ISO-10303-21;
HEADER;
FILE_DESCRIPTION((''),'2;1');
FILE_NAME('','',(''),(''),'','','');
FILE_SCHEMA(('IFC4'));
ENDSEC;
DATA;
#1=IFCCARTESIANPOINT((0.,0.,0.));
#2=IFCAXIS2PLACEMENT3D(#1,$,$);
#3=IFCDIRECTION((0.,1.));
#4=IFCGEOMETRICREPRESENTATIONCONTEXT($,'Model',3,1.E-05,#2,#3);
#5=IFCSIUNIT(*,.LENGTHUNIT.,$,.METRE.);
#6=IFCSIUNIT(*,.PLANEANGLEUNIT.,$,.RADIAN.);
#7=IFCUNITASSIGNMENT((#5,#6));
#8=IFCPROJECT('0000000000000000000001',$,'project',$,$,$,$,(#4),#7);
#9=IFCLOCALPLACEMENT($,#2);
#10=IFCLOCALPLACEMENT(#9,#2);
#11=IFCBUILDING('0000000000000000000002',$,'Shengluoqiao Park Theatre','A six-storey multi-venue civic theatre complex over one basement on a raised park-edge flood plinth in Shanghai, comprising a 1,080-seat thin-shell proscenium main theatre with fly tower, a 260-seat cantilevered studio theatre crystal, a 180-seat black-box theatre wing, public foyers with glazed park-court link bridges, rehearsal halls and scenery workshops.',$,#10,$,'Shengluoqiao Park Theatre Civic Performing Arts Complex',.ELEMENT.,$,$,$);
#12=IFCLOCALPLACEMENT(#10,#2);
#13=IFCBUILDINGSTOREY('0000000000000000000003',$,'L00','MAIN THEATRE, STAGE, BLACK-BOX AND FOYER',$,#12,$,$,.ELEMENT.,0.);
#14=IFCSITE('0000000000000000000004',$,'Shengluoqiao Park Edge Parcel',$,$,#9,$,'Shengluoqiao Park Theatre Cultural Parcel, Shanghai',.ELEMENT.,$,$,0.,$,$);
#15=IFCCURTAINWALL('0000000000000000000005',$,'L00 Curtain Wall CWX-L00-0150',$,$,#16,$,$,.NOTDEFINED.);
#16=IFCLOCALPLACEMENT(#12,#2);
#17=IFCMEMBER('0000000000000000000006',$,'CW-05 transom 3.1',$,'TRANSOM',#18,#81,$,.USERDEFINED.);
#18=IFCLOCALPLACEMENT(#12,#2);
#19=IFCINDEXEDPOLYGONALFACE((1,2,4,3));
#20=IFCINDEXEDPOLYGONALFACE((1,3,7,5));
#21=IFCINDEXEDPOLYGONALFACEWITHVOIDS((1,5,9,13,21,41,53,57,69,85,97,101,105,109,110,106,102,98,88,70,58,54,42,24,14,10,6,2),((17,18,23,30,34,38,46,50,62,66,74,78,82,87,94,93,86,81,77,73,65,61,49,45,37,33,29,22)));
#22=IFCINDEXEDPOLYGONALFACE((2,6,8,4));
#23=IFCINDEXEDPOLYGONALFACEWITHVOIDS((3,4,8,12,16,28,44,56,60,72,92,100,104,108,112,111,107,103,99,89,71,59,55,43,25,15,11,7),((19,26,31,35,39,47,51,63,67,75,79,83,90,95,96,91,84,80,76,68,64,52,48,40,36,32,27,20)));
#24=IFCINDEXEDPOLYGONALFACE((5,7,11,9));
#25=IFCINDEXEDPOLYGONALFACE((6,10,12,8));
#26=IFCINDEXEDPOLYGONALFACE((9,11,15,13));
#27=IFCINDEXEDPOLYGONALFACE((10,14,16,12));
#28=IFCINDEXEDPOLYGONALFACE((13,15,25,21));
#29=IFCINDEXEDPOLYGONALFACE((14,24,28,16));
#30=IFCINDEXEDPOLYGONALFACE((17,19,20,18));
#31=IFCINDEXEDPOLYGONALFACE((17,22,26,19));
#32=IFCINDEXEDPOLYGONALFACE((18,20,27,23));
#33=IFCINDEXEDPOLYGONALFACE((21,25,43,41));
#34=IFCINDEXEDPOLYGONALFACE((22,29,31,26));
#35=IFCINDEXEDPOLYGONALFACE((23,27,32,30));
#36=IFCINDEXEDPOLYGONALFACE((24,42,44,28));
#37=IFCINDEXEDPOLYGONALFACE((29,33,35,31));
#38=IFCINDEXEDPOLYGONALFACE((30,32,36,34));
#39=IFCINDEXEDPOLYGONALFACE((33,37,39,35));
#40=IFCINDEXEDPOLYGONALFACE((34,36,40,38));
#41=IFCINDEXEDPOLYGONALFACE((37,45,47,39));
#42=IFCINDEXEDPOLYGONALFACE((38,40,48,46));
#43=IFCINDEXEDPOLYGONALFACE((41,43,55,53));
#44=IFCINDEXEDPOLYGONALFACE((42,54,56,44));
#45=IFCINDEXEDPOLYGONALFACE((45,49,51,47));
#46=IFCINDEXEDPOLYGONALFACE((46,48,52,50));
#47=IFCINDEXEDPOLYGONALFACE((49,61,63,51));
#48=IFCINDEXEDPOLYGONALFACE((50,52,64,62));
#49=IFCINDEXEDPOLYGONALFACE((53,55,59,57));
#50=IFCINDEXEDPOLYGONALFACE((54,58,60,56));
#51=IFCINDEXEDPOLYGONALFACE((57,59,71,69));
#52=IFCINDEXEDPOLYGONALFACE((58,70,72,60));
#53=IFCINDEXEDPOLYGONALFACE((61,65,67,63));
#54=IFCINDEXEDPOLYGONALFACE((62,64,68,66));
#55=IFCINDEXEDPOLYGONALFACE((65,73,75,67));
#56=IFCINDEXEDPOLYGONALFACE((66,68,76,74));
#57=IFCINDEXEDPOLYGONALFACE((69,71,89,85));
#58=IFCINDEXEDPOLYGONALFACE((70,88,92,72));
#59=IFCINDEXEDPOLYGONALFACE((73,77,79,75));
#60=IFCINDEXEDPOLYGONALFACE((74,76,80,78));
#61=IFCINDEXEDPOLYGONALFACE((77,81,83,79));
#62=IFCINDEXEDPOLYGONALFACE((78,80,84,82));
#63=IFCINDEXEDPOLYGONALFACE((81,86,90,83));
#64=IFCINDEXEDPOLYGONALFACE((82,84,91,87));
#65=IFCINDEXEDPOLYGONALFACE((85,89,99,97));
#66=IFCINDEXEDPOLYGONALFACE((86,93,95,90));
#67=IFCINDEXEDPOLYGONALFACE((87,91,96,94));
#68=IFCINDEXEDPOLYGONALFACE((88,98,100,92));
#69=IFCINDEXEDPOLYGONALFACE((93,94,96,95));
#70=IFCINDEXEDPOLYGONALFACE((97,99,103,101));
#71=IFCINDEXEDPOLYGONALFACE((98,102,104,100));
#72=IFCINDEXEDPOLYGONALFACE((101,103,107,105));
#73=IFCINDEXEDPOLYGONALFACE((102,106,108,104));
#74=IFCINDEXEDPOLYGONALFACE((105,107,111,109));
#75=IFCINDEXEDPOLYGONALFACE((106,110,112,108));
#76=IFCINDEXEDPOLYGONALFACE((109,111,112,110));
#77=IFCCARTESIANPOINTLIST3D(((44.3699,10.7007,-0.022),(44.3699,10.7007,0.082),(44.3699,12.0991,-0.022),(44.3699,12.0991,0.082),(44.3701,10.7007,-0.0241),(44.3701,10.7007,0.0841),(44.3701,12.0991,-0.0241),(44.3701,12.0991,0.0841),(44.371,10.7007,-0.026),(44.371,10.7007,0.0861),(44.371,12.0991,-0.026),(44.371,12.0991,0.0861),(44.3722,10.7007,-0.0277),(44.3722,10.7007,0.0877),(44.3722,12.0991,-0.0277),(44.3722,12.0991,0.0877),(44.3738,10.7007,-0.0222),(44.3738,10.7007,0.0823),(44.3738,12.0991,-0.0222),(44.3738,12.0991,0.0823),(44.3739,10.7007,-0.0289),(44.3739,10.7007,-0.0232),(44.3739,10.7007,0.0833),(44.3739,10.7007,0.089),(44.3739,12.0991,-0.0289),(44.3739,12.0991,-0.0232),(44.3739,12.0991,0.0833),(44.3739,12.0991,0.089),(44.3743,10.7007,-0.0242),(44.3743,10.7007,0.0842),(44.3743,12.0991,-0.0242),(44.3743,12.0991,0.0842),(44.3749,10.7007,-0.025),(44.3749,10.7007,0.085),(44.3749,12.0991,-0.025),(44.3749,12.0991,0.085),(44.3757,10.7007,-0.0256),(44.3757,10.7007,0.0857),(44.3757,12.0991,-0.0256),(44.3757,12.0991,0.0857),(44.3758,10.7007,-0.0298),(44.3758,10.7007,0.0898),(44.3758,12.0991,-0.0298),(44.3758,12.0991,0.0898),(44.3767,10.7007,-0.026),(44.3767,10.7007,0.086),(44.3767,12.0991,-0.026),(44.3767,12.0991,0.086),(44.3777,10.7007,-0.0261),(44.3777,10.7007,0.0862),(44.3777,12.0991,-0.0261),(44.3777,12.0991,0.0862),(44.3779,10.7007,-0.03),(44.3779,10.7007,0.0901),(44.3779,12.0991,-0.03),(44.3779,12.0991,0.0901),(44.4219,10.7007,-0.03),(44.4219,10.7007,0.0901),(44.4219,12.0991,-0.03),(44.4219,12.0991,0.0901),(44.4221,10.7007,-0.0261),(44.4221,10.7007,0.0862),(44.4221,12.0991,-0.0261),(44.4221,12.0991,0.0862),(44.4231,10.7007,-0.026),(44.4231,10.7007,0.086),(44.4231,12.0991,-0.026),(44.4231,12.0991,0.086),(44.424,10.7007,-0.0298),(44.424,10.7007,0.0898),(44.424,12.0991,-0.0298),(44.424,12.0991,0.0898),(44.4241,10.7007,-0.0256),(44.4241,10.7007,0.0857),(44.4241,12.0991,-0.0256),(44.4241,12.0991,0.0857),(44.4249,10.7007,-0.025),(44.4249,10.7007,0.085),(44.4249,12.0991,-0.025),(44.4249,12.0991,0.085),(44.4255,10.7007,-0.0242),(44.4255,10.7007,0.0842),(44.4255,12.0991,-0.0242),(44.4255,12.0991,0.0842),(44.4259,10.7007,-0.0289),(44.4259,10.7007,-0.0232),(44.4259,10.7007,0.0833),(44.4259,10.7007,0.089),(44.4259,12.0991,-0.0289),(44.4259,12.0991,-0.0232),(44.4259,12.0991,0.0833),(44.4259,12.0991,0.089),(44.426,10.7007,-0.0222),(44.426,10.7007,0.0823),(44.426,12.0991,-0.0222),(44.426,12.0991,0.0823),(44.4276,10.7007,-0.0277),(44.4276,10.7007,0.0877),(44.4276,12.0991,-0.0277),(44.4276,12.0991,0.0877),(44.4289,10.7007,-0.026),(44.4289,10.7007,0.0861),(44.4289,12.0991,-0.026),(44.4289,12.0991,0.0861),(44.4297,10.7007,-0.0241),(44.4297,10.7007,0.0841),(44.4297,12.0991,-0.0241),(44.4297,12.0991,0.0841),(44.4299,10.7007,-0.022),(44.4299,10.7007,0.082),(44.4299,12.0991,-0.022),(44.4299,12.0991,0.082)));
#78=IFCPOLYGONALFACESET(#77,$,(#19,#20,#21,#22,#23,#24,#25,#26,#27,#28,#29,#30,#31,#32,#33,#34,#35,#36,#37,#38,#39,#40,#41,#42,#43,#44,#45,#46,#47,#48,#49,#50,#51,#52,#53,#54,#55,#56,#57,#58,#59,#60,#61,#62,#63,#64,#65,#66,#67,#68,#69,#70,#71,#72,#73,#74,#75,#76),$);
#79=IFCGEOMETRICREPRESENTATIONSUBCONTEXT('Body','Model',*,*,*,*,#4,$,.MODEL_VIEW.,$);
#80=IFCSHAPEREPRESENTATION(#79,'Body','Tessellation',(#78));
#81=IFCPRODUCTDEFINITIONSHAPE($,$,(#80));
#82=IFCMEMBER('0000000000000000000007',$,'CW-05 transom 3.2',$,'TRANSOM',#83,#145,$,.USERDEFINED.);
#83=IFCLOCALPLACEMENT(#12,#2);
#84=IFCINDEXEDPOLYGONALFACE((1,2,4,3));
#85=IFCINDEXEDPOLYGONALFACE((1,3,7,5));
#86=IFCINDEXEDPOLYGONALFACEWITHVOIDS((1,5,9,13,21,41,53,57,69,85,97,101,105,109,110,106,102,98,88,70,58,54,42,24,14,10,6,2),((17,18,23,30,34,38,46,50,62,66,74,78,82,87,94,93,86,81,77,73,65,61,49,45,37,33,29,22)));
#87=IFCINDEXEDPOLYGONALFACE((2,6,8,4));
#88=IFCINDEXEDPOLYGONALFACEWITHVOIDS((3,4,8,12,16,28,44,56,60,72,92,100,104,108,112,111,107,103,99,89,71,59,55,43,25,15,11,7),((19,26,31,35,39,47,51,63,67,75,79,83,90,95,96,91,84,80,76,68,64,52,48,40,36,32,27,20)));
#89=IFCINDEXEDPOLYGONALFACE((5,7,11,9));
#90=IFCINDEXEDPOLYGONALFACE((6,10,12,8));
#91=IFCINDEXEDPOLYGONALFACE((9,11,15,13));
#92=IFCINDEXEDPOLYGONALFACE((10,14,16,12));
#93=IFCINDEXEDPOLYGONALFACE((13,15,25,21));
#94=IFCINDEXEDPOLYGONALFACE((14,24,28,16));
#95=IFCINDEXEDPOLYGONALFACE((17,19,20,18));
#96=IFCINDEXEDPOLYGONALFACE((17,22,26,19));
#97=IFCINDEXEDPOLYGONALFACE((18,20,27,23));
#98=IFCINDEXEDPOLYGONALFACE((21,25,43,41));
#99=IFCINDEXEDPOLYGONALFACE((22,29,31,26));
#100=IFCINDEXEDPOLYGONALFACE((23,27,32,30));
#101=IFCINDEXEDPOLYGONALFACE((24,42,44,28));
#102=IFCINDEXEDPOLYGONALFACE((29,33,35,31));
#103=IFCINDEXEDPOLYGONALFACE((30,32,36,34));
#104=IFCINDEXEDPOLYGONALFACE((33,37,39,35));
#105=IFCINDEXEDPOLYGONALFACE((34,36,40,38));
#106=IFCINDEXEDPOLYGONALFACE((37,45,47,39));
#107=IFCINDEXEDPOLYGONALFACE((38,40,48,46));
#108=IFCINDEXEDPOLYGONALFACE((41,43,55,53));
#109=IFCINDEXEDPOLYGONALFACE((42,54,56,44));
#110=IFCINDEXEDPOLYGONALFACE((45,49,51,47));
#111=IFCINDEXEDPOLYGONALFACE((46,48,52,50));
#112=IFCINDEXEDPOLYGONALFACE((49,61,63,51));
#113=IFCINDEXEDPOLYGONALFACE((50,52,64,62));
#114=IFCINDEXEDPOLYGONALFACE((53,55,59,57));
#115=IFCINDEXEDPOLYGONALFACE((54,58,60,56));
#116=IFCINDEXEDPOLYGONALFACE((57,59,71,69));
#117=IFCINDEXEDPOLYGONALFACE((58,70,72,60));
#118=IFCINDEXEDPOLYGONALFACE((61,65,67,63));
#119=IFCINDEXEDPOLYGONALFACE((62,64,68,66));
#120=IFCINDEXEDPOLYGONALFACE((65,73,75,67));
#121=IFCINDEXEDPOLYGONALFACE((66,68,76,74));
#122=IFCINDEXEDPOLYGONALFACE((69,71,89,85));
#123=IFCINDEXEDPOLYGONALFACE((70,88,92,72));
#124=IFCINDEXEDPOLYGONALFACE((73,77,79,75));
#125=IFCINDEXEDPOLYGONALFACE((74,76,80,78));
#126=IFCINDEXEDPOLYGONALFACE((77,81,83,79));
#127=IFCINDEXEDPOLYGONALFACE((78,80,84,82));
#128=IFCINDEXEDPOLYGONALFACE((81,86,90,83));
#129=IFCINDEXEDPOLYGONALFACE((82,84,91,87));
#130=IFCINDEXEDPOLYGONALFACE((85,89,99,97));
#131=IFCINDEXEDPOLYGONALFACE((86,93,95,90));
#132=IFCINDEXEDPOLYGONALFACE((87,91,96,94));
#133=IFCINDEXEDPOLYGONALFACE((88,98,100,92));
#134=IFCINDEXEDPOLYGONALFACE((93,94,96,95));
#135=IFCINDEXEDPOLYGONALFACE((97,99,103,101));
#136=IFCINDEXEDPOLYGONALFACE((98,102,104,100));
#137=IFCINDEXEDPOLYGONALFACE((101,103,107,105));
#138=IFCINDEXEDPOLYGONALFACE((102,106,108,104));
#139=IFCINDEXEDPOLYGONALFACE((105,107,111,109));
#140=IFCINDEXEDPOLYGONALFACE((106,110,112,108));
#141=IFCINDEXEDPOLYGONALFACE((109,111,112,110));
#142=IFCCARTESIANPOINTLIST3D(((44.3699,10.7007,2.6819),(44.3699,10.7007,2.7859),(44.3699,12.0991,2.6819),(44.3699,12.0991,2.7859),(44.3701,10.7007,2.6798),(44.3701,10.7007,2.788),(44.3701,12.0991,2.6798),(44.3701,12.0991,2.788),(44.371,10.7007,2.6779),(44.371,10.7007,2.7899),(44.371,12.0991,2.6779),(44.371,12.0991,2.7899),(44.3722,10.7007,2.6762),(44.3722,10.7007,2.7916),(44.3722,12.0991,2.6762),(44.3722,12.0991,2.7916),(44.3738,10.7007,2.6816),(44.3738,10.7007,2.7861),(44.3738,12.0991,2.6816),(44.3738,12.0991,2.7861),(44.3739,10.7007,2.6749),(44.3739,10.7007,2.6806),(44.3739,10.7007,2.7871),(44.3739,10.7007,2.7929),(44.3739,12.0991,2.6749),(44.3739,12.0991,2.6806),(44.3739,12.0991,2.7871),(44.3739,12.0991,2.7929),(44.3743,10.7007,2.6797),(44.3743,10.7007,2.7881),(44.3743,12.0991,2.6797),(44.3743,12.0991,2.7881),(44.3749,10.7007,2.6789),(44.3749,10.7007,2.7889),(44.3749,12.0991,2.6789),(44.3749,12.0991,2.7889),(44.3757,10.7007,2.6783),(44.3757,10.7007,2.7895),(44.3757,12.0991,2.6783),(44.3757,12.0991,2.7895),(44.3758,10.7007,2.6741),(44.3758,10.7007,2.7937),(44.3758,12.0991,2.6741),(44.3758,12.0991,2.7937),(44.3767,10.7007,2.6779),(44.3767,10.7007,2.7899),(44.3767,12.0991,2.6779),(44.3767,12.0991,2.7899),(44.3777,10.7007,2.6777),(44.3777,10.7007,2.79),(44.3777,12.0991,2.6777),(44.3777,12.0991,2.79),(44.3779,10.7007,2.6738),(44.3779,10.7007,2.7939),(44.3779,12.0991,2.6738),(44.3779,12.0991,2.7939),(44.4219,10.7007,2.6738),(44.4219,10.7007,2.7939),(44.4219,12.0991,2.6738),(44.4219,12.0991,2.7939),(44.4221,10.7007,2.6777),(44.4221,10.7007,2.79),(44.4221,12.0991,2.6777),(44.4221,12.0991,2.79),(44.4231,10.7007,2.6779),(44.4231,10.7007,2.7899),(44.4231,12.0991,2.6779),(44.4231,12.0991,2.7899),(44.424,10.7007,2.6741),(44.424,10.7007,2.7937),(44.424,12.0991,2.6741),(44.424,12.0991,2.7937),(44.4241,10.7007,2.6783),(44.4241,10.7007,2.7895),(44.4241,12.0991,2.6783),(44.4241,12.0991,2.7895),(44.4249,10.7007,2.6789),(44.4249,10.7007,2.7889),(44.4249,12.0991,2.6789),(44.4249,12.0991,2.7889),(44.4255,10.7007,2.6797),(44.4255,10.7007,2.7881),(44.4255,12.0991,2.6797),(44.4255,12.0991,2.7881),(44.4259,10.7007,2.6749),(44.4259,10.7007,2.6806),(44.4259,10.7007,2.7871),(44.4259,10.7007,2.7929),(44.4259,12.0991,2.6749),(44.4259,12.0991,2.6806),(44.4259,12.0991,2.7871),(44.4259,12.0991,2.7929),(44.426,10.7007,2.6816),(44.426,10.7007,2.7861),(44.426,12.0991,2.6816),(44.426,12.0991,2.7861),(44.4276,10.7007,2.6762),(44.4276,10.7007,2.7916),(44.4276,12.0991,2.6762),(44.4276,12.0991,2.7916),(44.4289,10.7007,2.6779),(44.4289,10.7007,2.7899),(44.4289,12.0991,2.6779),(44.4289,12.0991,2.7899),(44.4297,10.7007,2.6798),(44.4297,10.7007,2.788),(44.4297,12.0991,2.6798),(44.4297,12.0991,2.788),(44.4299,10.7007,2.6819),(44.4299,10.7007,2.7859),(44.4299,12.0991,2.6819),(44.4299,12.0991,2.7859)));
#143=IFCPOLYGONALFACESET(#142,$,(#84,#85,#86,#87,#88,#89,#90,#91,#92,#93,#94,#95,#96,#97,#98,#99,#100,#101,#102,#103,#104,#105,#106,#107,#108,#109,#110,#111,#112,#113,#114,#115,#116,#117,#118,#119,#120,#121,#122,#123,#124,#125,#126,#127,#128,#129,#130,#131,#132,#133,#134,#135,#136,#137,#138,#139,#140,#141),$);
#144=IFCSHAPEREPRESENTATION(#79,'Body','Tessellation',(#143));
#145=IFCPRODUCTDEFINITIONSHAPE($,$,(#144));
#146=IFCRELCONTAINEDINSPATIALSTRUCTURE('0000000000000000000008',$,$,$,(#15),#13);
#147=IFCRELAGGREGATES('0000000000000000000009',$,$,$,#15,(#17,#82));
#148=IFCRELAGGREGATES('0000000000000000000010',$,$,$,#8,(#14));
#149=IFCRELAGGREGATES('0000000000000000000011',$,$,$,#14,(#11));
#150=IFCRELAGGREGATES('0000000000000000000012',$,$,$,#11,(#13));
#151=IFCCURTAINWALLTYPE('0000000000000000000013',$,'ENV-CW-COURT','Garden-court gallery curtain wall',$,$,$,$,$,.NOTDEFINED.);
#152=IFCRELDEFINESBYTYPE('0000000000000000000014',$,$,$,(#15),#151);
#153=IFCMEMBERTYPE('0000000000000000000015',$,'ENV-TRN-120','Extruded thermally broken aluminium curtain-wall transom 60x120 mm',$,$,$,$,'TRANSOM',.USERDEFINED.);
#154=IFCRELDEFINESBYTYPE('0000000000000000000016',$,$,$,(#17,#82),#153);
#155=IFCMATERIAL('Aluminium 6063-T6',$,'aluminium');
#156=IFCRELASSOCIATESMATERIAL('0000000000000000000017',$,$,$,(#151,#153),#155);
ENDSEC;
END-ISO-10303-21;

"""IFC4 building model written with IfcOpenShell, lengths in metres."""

from ifc_helpers import new_model, si_unit, direction, frame, origin, origin_2d, place, context, subcontext, project, spatial, hollow_rectangle, extrude, material, material_profile, profile_set, type_object, element, aggregate, save


model = new_model("IFC4")

# Units and contexts
model_context = context("Model", 3, precision=1e-05, world=origin(), true_north=direction((0.0, 1.0)))
body_context = subcontext(model_context, "Body", "Model", "MODEL_VIEW")
ifc_project = project(units=[si_unit("LENGTHUNIT", "METRE"), si_unit("PLANEANGLEUNIT", "RADIAN")], contexts=[model_context])

# Site, building, storey
site_placement = place(None, origin())
site = spatial("IfcSite", under=ifc_project, at=site_placement, Name="Shengluoqiao Park Edge Parcel", LongName="Shengluoqiao Park Theatre Cultural Parcel, Shanghai", CompositionType="ELEMENT", RefElevation=0.0)
building_placement = place(site_placement, origin())
building = spatial("IfcBuilding", under=site, at=building_placement, Name="Shengluoqiao Park Theatre", Description="A six-storey multi-venue civic theatre complex over one basement on a raised park-edge flood plinth in Shanghai, comprising a 1,080-seat thin-shell proscenium main theatre with fly tower, a 260-seat cantilevered studio theatre crystal, a 180-seat black-box theatre wing, public foyers with glazed park-court link bridges, rehearsal halls and scenery workshops.", LongName="Shengluoqiao Park Theatre Civic Performing Arts Complex", CompositionType="ELEMENT")
storey_placement = place(building_placement, origin())
storey = spatial("IfcBuildingStorey", under=building, at=storey_placement, Name="L00", Description="MAIN THEATRE, STAGE, BLACK-BOX AND FOYER", CompositionType="ELEMENT", Elevation=0.0)

# Curtain wall
ifc_material_1 = material(Name="Aluminium 6063-T6", Category="aluminium")
curtain_wall_type = type_object("IfcCurtainWallType", Name="ENV-CW-COURT", Description="Garden-court gallery curtain wall", PredefinedType="NOTDEFINED", material=ifc_material_1)
curtain_wall_1_placement = place(storey_placement, origin())
curtain_wall_1 = element("IfcCurtainWall", 1, at=curtain_wall_1_placement, inside=storey, type_object=curtain_wall_type, Name="L00 Curtain Wall CWX-L00-0150", PredefinedType="NOTDEFINED")

# Members
ifc_material_profile_1 = material_profile(ifc_material_1, hollow_rectangle(XDim=0.0601, YDim=0.1201, WallThickness=0.0039, InnerFilletRadius=0.0039, OuterFilletRadius=0.0081, at=origin_2d()), Name="ALU TRANSOM 120x60x4")
ifc_profile_set_1 = profile_set([ifc_material_profile_1], Name="Aluminium 6063-T6")
member_type_1 = type_object("IfcMemberType", Name="ENV-TRN-120", Description="Extruded thermally broken aluminium curtain-wall transom 60x120 mm", ElementType="TRANSOM", PredefinedType="USERDEFINED", material=ifc_profile_set_1)
member_1_placement = place(storey_placement, frame((44.3999, 10.7007, 0.03), z_axis=(0.0, 1.0, 0.0), x_axis=(-1.0, 0.0, 0.0)))
member_1 = element("IfcMember", 2, at=member_1_placement, type_object=member_type_1, Name="CW-05 transom 3.1", ObjectType="TRANSOM", PredefinedType="USERDEFINED", context=body_context, shape_type="SweptSolid", body=[
    extrude(hollow_rectangle(XDim=0.0601, YDim=0.1201, WallThickness=0.0039, InnerFilletRadius=0.0039, OuterFilletRadius=0.0081, at=origin_2d()), origin(), (0.0, 0.0, 1.0), 1.3984),
])
member_2_placement = place(storey_placement, frame((44.3999, 10.7007, 2.7339), z_axis=(0.0, 1.0, 0.0), x_axis=(-1.0, 0.0, 0.0)))
member_2 = element("IfcMember", 3, at=member_2_placement, type_object=member_type_1, Name="CW-05 transom 3.2", ObjectType="TRANSOM", PredefinedType="USERDEFINED", context=body_context, shape_type="SweptSolid", body=[
    extrude(hollow_rectangle(XDim=0.0601, YDim=0.1201, WallThickness=0.0039, InnerFilletRadius=0.0039, OuterFilletRadius=0.0081, at=origin_2d()), origin(), (0.0, 0.0, 1.0), 1.3984),
])

aggregate(curtain_wall_1, [member_1, member_2])

save(model, "model.ifc")
